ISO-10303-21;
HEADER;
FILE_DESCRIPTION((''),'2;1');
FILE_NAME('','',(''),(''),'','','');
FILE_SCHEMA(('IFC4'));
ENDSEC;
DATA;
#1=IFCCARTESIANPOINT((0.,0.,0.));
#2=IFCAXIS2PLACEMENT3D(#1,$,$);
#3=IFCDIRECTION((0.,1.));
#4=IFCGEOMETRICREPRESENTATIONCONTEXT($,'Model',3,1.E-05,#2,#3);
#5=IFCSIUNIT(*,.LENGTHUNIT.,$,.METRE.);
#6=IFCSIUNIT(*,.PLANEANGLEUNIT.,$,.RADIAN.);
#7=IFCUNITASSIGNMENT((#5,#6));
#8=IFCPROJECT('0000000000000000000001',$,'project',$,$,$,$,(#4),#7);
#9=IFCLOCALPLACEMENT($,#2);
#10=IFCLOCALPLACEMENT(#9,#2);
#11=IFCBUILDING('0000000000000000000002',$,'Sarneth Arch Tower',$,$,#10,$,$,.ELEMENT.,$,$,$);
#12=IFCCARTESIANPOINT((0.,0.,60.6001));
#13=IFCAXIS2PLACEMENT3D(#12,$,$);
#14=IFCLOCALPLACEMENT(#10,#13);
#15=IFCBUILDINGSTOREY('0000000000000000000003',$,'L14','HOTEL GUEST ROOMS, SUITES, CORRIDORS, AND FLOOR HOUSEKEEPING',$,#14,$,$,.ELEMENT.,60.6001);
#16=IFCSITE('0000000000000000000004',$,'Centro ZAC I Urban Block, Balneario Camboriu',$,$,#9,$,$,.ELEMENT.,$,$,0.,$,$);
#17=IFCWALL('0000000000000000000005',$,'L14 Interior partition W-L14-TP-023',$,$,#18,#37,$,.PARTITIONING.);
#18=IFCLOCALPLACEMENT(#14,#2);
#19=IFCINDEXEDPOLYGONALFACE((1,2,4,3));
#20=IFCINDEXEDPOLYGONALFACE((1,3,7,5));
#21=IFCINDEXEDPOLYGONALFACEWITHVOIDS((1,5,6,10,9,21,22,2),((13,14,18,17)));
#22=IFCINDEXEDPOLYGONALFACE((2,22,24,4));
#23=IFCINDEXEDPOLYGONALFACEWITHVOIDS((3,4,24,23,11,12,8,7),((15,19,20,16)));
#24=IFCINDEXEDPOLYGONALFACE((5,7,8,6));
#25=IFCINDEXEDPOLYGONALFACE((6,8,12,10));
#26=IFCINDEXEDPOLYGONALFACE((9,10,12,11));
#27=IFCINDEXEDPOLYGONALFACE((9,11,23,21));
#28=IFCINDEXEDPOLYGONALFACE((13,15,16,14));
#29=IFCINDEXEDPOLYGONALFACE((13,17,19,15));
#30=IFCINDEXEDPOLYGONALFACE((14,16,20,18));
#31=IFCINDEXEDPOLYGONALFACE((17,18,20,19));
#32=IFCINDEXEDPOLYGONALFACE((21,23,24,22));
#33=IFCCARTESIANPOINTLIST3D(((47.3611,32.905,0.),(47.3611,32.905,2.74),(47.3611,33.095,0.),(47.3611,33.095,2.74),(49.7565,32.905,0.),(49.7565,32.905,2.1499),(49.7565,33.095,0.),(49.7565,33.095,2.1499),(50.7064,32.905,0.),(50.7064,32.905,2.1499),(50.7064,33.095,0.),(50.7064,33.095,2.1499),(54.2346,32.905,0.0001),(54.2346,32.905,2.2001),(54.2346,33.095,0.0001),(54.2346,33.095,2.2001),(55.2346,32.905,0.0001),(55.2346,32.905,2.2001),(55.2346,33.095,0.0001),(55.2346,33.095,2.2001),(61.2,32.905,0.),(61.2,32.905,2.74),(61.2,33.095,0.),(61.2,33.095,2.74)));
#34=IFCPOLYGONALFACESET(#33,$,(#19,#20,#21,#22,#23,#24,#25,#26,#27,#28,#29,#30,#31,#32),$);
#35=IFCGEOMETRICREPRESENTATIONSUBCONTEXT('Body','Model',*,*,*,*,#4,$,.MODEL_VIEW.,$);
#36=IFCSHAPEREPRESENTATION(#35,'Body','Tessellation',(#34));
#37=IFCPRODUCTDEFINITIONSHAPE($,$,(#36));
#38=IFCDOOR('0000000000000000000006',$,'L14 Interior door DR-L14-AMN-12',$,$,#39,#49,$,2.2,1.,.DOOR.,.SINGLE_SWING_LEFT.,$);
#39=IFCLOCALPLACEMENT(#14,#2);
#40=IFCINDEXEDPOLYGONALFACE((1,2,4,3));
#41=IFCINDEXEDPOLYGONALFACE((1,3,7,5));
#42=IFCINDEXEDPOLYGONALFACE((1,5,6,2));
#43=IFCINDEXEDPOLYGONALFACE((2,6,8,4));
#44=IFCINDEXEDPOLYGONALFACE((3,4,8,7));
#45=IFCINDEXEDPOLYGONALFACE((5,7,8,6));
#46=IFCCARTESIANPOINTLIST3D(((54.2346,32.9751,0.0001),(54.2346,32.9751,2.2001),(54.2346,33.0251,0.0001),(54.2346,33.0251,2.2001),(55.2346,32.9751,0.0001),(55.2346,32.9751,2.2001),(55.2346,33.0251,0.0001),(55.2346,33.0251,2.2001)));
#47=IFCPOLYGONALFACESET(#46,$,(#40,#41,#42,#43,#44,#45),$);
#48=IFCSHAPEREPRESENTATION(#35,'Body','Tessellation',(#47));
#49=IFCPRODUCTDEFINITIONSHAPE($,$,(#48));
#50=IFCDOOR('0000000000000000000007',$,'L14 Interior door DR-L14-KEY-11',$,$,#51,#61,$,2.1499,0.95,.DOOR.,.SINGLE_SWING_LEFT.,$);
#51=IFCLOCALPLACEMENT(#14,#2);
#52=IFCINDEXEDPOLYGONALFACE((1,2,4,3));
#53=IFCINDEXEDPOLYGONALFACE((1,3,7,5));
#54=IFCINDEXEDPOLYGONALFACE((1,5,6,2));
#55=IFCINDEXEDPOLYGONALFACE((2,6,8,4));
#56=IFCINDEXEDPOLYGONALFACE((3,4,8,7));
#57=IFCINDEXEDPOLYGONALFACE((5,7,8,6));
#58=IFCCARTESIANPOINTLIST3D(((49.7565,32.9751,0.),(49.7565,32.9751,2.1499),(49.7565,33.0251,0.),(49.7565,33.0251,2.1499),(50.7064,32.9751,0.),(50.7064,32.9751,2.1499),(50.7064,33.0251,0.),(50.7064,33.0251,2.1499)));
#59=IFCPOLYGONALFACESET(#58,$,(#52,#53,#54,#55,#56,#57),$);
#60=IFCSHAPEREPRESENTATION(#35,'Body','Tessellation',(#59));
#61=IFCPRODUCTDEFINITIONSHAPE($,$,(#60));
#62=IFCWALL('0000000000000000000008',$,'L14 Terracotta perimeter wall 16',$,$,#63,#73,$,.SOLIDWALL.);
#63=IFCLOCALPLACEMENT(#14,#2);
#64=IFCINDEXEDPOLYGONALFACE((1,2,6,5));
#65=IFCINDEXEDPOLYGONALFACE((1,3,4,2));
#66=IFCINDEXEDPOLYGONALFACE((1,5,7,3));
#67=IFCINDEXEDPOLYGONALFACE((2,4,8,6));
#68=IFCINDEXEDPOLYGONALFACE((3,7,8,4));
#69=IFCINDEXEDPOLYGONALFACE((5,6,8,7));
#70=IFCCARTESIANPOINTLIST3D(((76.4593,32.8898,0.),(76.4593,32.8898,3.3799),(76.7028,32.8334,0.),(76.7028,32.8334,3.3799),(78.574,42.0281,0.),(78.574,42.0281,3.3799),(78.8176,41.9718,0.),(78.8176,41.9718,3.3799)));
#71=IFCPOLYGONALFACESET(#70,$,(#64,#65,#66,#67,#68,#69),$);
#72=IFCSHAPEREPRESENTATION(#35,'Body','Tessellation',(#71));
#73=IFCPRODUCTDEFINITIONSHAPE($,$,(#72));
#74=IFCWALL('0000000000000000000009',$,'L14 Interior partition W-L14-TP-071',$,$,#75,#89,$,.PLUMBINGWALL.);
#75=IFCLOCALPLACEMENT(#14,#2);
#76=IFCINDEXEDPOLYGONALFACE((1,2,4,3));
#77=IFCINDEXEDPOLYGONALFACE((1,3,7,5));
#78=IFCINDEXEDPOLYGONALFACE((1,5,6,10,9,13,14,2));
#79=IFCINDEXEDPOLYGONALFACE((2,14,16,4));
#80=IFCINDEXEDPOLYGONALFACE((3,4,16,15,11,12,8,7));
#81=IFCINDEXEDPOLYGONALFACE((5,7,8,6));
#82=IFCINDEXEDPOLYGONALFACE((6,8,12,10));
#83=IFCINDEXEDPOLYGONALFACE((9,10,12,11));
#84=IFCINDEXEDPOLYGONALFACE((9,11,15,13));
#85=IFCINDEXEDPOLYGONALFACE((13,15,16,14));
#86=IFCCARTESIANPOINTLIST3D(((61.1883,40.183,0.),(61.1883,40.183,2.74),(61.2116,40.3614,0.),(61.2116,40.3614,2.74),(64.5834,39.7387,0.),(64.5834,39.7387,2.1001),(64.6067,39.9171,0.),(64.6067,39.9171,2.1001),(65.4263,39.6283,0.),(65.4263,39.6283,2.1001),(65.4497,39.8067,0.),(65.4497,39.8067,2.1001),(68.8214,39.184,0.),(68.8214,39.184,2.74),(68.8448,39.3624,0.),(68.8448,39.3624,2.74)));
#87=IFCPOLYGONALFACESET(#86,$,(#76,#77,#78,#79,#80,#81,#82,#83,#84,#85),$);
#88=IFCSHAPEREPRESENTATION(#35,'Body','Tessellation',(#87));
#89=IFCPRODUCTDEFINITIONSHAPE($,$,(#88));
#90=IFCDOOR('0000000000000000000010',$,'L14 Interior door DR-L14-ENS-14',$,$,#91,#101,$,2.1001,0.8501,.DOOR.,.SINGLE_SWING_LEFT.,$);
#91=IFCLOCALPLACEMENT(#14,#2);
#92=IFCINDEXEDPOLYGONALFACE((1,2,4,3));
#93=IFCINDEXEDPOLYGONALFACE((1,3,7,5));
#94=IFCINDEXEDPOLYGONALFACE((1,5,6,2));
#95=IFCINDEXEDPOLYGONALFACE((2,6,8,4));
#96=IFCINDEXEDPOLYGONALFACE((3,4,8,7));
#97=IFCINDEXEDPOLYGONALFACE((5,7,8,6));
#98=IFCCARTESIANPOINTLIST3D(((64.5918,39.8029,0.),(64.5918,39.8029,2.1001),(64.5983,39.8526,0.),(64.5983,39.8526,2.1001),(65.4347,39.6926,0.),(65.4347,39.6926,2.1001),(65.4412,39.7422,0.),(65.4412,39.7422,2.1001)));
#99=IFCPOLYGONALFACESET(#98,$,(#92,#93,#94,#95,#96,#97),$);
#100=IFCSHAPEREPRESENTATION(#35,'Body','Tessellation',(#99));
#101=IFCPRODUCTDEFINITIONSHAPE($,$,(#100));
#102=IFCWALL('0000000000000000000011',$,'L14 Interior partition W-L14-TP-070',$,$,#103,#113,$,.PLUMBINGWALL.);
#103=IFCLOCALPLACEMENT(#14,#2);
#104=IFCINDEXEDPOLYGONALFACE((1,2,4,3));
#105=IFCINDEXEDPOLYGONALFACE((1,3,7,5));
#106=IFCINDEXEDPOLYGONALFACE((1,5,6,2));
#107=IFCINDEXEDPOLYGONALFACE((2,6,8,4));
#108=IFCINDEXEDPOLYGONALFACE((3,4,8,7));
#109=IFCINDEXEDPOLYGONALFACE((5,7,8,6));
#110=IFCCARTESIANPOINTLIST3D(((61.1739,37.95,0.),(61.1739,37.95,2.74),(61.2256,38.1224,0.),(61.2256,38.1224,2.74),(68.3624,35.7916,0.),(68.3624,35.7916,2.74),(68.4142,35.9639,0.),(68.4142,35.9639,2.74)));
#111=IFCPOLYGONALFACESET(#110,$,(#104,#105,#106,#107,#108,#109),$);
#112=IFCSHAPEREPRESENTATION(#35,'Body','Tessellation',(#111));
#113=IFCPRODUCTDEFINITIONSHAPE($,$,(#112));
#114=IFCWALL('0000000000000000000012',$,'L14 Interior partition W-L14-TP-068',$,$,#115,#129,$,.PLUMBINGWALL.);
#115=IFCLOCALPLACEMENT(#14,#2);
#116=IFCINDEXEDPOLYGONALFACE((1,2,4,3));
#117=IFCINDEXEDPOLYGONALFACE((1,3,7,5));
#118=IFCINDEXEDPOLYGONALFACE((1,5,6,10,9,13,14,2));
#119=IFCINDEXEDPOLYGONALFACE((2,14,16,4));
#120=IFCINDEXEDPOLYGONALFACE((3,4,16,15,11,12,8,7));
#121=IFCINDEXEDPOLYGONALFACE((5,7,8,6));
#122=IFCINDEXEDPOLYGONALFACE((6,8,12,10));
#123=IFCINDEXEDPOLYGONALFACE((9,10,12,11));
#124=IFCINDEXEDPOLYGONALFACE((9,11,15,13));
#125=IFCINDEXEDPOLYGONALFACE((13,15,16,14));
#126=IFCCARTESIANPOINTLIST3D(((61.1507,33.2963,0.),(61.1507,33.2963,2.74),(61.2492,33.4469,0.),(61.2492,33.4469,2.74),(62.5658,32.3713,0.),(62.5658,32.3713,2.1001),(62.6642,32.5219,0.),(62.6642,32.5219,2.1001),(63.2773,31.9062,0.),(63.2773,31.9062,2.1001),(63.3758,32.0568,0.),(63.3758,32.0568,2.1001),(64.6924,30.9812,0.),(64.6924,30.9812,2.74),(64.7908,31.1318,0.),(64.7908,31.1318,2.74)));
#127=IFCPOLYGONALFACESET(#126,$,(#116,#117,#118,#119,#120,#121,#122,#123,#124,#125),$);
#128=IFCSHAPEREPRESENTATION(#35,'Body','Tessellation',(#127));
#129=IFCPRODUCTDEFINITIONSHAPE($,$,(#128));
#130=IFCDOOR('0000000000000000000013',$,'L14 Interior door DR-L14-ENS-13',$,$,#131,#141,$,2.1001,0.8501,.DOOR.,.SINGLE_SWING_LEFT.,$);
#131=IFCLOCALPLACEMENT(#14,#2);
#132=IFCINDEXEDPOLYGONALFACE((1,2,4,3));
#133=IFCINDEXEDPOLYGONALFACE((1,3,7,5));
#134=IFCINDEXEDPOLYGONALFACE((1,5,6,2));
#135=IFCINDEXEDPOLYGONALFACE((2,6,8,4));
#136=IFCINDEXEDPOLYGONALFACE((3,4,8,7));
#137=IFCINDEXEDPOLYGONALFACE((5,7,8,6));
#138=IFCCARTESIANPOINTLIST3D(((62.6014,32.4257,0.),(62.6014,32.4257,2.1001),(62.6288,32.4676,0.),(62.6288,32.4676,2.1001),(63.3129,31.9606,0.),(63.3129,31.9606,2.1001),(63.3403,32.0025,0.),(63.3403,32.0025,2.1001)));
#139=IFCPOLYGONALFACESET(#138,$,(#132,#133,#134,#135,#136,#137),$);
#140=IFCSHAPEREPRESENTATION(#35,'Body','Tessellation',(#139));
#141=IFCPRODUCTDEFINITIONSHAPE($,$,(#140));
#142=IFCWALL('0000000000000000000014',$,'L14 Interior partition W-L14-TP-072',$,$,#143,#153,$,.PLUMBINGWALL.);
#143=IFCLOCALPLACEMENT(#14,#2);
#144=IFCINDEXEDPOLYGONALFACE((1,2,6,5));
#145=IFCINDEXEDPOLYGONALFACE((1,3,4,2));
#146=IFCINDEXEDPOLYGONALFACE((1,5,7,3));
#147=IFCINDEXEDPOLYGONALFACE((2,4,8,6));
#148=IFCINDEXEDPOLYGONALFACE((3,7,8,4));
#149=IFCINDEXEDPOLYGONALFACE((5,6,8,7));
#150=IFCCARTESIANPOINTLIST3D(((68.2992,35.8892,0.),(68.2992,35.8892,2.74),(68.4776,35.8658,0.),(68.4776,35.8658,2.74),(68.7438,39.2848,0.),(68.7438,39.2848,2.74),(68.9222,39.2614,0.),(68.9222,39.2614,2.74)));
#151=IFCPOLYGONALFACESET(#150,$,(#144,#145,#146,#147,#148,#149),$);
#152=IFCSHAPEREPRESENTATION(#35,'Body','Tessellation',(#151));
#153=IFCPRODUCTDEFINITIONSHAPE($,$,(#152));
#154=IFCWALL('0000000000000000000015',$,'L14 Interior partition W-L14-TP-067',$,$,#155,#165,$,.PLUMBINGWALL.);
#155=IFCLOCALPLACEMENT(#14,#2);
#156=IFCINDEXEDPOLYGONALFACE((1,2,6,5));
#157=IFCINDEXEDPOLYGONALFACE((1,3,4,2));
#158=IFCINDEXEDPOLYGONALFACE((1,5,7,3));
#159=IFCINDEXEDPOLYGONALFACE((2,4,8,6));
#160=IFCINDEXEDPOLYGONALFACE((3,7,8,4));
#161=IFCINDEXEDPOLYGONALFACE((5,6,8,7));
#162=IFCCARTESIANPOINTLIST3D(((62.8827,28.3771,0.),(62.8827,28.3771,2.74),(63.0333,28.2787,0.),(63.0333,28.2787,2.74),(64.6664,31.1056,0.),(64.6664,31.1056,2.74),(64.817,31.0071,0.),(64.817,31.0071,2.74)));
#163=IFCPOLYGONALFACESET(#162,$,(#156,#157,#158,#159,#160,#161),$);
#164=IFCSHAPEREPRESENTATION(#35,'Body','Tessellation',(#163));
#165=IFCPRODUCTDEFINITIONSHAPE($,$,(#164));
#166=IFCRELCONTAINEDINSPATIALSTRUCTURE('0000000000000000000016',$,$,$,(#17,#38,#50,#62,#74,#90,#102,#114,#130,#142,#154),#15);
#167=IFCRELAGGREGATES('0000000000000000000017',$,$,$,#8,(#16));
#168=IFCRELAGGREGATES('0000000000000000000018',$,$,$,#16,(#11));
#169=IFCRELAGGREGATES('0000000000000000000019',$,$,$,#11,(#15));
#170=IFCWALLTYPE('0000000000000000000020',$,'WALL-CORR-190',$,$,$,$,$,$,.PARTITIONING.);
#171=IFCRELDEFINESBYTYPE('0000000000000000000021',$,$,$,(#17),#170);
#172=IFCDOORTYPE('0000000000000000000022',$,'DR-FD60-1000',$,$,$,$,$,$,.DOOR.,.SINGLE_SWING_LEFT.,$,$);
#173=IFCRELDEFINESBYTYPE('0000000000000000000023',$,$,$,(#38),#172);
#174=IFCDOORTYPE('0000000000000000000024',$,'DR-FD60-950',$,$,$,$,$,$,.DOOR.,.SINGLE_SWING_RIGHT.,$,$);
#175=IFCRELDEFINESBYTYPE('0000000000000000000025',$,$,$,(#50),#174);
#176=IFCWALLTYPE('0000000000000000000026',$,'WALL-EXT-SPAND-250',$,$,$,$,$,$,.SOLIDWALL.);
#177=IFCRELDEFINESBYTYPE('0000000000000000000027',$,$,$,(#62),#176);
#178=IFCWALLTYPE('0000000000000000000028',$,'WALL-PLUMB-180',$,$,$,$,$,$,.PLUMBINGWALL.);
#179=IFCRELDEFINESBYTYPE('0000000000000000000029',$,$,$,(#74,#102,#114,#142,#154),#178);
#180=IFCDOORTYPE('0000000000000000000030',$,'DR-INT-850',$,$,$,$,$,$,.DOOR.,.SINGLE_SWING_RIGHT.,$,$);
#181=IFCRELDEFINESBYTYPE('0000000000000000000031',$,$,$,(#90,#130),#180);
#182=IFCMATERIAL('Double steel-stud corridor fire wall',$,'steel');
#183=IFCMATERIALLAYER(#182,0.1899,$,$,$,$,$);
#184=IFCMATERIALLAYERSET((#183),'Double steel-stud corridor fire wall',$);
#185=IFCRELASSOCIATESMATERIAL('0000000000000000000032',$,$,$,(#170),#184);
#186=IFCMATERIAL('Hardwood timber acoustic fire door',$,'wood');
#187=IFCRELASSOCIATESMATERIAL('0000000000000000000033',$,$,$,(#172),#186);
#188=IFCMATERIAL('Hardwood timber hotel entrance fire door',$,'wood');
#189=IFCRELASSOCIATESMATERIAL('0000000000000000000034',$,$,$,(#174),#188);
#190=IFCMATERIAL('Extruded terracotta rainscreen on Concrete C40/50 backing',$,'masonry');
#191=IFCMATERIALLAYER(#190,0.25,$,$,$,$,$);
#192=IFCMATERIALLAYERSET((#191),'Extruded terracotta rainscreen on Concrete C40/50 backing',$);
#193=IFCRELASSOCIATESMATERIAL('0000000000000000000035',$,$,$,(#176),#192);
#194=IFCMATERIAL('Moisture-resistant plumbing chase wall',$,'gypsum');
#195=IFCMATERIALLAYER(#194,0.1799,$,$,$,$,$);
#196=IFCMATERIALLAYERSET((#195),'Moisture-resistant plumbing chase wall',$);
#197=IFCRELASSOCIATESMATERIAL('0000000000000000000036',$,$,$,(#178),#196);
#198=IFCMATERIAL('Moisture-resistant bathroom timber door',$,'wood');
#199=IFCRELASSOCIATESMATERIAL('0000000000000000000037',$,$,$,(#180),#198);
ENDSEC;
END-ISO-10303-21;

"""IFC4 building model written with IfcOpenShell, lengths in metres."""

from ifc_helpers import new_model, si_unit, direction, frame, frame_2d, origin, place, context, subcontext, project, spatial, rectangle, extrude, material, layer, layer_set, type_object, element, fill, save


model = new_model("IFC4")

# Units and contexts
model_context = context("Model", 3, precision=1e-05, world=origin(), true_north=direction((0.0, 1.0)))
body_context = subcontext(model_context, "Body", "Model", "MODEL_VIEW")
ifc_project = project(units=[si_unit("LENGTHUNIT", "METRE"), si_unit("PLANEANGLEUNIT", "RADIAN")], contexts=[model_context])

# Site, building, storey
site_placement = place(None, origin())
site = spatial("IfcSite", under=ifc_project, at=site_placement, Name="Centro ZAC I Urban Block, Balneario Camboriu", CompositionType="ELEMENT", RefElevation=0.0)
building_placement = place(site_placement, origin())
building = spatial("IfcBuilding", under=site, at=building_placement, Name="Sarneth Arch Tower", CompositionType="ELEMENT")
storey_placement = place(building_placement, frame((0.0, 0.0, 60.6001)))
storey = spatial("IfcBuildingStorey", under=building, at=storey_placement, Name="L14", Description="HOTEL GUEST ROOMS, SUITES, CORRIDORS, AND FLOOR HOUSEKEEPING", CompositionType="ELEMENT", Elevation=60.6001)

# Wall, openings, doors
ifc_material_1 = material(Name="Double steel-stud corridor fire wall", Category="steel")
ifc_layer_1 = layer(ifc_material_1, 0.1899)
ifc_layer_set_1 = layer_set([ifc_layer_1], Name="Double steel-stud corridor fire wall")
wall_type_1 = type_object("IfcWallType", Name="WALL-CORR-190", PredefinedType="PARTITIONING", material=ifc_layer_set_1)
wall_1_placement = place(storey_placement, frame((61.2, 33.0, 0.0), z_axis=(0.0, 0.0, 1.0), x_axis=(-1.0, 0.0, 0.0)))
wall_1 = element("IfcWall", 1, at=wall_1_placement, inside=storey, type_object=wall_type_1, Name="L14 Interior partition W-L14-TP-023", PredefinedType="PARTITIONING", context=body_context, shape_type="SweptSolid", body=[
    extrude(rectangle(XDim=13.8389, YDim=0.1899, at=frame_2d((6.9194, 0.0))), origin(), (0.0, 0.0, 1.0), 2.74),
])
opening_1_placement = place(wall_1_placement, frame((5.9653, 0.0, 0.0)))
opening_1 = element("IfcOpeningElement", 2, at=opening_1_placement, cuts=wall_1, PredefinedType="OPENING", context=body_context, shape_type="SweptSolid", body=[
    extrude(rectangle(XDim=1.0, YDim=2.2, at=frame_2d((0.5, 1.1001))), frame((0.0, 0.105, 0.0), z_axis=(0.0, -1.0, 0.0), x_axis=(1.0, 0.0, 0.0)), (0.0, 0.0, 1.0), 0.21),
])
opening_2_placement = place(wall_1_placement, frame((10.4934, 0.0, 0.0)))
opening_2 = element("IfcOpeningElement", 3, at=opening_2_placement, cuts=wall_1, PredefinedType="OPENING", context=body_context, shape_type="SweptSolid", body=[
    extrude(rectangle(XDim=0.95, YDim=2.1499, at=frame_2d((0.4751, 1.075))), frame((0.0, 0.105, 0.0), z_axis=(0.0, -1.0, 0.0), x_axis=(1.0, 0.0, 0.0)), (0.0, 0.0, 1.0), 0.21),
])
ifc_material_2 = material(Name="Hardwood timber acoustic fire door", Category="wood")
door_type_1 = type_object("IfcDoorType", Name="DR-FD60-1000", OperationType="SINGLE_SWING_LEFT", PredefinedType="DOOR", material=ifc_material_2)
door_1_placement = place(opening_1_placement, origin())
door_1 = element("IfcDoor", 4, at=door_1_placement, inside=storey, type_object=door_type_1, Name="L14 Interior door DR-L14-AMN-12", OperationType="SINGLE_SWING_LEFT", OverallHeight=2.2, OverallWidth=1.0, PredefinedType="DOOR", context=body_context, shape_type="SweptSolid", body=[
    extrude(rectangle(XDim=1.0, YDim=2.2, at=frame_2d((0.5, 1.1001))), frame((0.0, 0.0249, 0.0), z_axis=(0.0, -1.0, 0.0), x_axis=(1.0, 0.0, 0.0)), (0.0, 0.0, 1.0), 0.05),
])
fill(opening_1, door_1)
ifc_material_3 = material(Name="Hardwood timber hotel entrance fire door", Category="wood")
door_type_2 = type_object("IfcDoorType", Name="DR-FD60-950", OperationType="SINGLE_SWING_RIGHT", PredefinedType="DOOR", material=ifc_material_3)
door_2_placement = place(opening_2_placement, origin())
door_2 = element("IfcDoor", 5, at=door_2_placement, inside=storey, type_object=door_type_2, Name="L14 Interior door DR-L14-KEY-11", OperationType="SINGLE_SWING_LEFT", OverallHeight=2.1499, OverallWidth=0.95, PredefinedType="DOOR", context=body_context, shape_type="SweptSolid", body=[
    extrude(rectangle(XDim=0.95, YDim=2.1499, at=frame_2d((0.4751, 1.075))), frame((0.0, 0.0249, 0.0), z_axis=(0.0, -1.0, 0.0), x_axis=(1.0, 0.0, 0.0)), (0.0, 0.0, 1.0), 0.05),
])
fill(opening_2, door_2)

# Wall
ifc_material_4 = material(Name="Extruded terracotta rainscreen on Concrete C40/50 backing", Category="masonry")
ifc_layer_2 = layer(ifc_material_4, 0.25)
ifc_layer_set_2 = layer_set([ifc_layer_2], Name="Extruded terracotta rainscreen on Concrete C40/50 backing")
wall_type_2 = type_object("IfcWallType", Name="WALL-EXT-SPAND-250", PredefinedType="SOLIDWALL", material=ifc_layer_set_2)
wall_2_placement = place(storey_placement, frame((76.5811, 32.8616, 0.0), z_axis=(0.0, 0.0, 1.0), x_axis=(0.225454, 0.974254, 0.0)))
element("IfcWall", 6, at=wall_2_placement, inside=storey, type_object=wall_type_2, Name="L14 Terracotta perimeter wall 16", PredefinedType="SOLIDWALL", context=body_context, shape_type="SweptSolid", body=[
    extrude(rectangle(XDim=9.3799, YDim=0.25, at=frame_2d((4.6899, 0.0))), origin(), (0.0, 0.0, 1.0), 3.3799),
])

# Wall, opening, door
ifc_material_5 = material(Name="Moisture-resistant plumbing chase wall", Category="gypsum")
ifc_layer_3 = layer(ifc_material_5, 0.1799)
ifc_layer_set_3 = layer_set([ifc_layer_3], Name="Moisture-resistant plumbing chase wall")
wall_type_3 = type_object("IfcWallType", Name="WALL-PLUMB-180", PredefinedType="PLUMBINGWALL", material=ifc_layer_set_3)
wall_3_placement = place(storey_placement, frame((61.2, 40.2722, 0.0), z_axis=(0.0, 0.0, 1.0), x_axis=(0.991544, -0.129774, 0.0)))
wall_3 = element("IfcWall", 7, at=wall_3_placement, inside=storey, type_object=wall_type_3, Name="L14 Interior partition W-L14-TP-071", PredefinedType="PLUMBINGWALL", context=body_context, shape_type="SweptSolid", body=[
    extrude(rectangle(XDim=7.6982, YDim=0.1799, at=frame_2d((3.8491, 0.0))), origin(), (0.0, 0.0, 1.0), 2.74),
])
opening_3_placement = place(wall_3_placement, frame((3.4241, 0.0, 0.0)))
opening_3 = element("IfcOpeningElement", 8, at=opening_3_placement, cuts=wall_3, PredefinedType="OPENING", context=body_context, shape_type="SweptSolid", body=[
    extrude(rectangle(XDim=0.8501, YDim=2.1001, at=frame_2d((0.425, 1.05))), frame((0.0, 0.0999, 0.0), z_axis=(0.0, -1.0, 0.0), x_axis=(1.0, 0.0, 0.0)), (0.0, 0.0, 1.0), 0.2),
])
ifc_material_6 = material(Name="Moisture-resistant bathroom timber door", Category="wood")
door_type_3 = type_object("IfcDoorType", Name="DR-INT-850", OperationType="SINGLE_SWING_RIGHT", PredefinedType="DOOR", material=ifc_material_6)
door_3_placement = place(opening_3_placement, origin())
door_3 = element("IfcDoor", 9, at=door_3_placement, inside=storey, type_object=door_type_3, Name="L14 Interior door DR-L14-ENS-14", OperationType="SINGLE_SWING_LEFT", OverallHeight=2.1001, OverallWidth=0.8501, PredefinedType="DOOR", context=body_context, shape_type="SweptSolid", body=[
    extrude(rectangle(XDim=0.8501, YDim=2.1001, at=frame_2d((0.425, 1.05))), frame((0.0, 0.0249, 0.0), z_axis=(0.0, -1.0, 0.0), x_axis=(1.0, 0.0, 0.0)), (0.0, 0.0, 1.0), 0.05),
])
fill(opening_3, door_3)

# Wall
wall_4_placement = place(storey_placement, frame((68.3884, 35.8777, 0.0), z_axis=(0.0, 0.0, 1.0), x_axis=(-0.957756, 0.287581, 0.0)))
element("IfcWall", 10, at=wall_4_placement, inside=storey, type_object=wall_type_3, Name="L14 Interior partition W-L14-TP-070", PredefinedType="PLUMBINGWALL", context=body_context, shape_type="SweptSolid", body=[
    extrude(rectangle(XDim=7.5056, YDim=0.1799, at=frame_2d((3.7529, 0.0))), origin(), (0.0, 0.0, 1.0), 2.74),
])

# Wall, opening, door
wall_5_placement = place(storey_placement, frame((64.7417, 31.0564, 0.0), z_axis=(0.0, 0.0, 1.0), x_axis=(-0.837032, 0.547155, 0.0)))
wall_5 = element("IfcWall", 11, at=wall_5_placement, inside=storey, type_object=wall_type_3, Name="L14 Interior partition W-L14-TP-068", PredefinedType="PLUMBINGWALL", context=body_context, shape_type="SweptSolid", body=[
    extrude(rectangle(XDim=4.2312, YDim=0.1799, at=frame_2d((2.1157, 0.0))), origin(), (0.0, 0.0, 1.0), 2.74),
])
opening_4_placement = place(wall_5_placement, frame((1.6907, 0.0, 0.0)))
opening_4 = element("IfcOpeningElement", 12, at=opening_4_placement, cuts=wall_5, PredefinedType="OPENING", context=body_context, shape_type="SweptSolid", body=[
    extrude(rectangle(XDim=0.8501, YDim=2.1001, at=frame_2d((0.425, 1.05))), frame((0.0, 0.0999, 0.0), z_axis=(0.0, -1.0, 0.0), x_axis=(1.0, 0.0, 0.0)), (0.0, 0.0, 1.0), 0.2),
])
door_4_placement = place(opening_4_placement, origin())
door_4 = element("IfcDoor", 13, at=door_4_placement, inside=storey, type_object=door_type_3, Name="L14 Interior door DR-L14-ENS-13", OperationType="SINGLE_SWING_LEFT", OverallHeight=2.1001, OverallWidth=0.8501, PredefinedType="DOOR", context=body_context, shape_type="SweptSolid", body=[
    extrude(rectangle(XDim=0.8501, YDim=2.1001, at=frame_2d((0.425, 1.05))), frame((0.0, 0.0249, 0.0), z_axis=(0.0, -1.0, 0.0), x_axis=(1.0, 0.0, 0.0)), (0.0, 0.0, 1.0), 0.05),
])
fill(opening_4, door_4)

# Walls
wall_6_placement = place(storey_placement, frame((68.833, 39.2732, 0.0), z_axis=(0.0, 0.0, 1.0), x_axis=(-0.129824, -0.991537, 0.0)))
element("IfcWall", 14, at=wall_6_placement, inside=storey, type_object=wall_type_3, Name="L14 Interior partition W-L14-TP-072", PredefinedType="PLUMBINGWALL", context=body_context, shape_type="SweptSolid", body=[
    extrude(rectangle(XDim=3.4246, YDim=0.1799, at=frame_2d((1.7124, 0.0))), origin(), (0.0, 0.0, 1.0), 2.74),
])
wall_7_placement = place(storey_placement, frame((62.958, 28.3279, 0.0), z_axis=(0.0, 0.0, 1.0), x_axis=(0.547177, 0.837017, 0.0)))
element("IfcWall", 15, at=wall_7_placement, inside=storey, type_object=wall_type_3, Name="L14 Interior partition W-L14-TP-067", PredefinedType="PLUMBINGWALL", context=body_context, shape_type="SweptSolid", body=[
    extrude(rectangle(XDim=3.2598, YDim=0.1799, at=frame_2d((1.6299, 0.0))), origin(), (0.0, 0.0, 1.0), 2.74),
])

save(model, "model.ifc")
